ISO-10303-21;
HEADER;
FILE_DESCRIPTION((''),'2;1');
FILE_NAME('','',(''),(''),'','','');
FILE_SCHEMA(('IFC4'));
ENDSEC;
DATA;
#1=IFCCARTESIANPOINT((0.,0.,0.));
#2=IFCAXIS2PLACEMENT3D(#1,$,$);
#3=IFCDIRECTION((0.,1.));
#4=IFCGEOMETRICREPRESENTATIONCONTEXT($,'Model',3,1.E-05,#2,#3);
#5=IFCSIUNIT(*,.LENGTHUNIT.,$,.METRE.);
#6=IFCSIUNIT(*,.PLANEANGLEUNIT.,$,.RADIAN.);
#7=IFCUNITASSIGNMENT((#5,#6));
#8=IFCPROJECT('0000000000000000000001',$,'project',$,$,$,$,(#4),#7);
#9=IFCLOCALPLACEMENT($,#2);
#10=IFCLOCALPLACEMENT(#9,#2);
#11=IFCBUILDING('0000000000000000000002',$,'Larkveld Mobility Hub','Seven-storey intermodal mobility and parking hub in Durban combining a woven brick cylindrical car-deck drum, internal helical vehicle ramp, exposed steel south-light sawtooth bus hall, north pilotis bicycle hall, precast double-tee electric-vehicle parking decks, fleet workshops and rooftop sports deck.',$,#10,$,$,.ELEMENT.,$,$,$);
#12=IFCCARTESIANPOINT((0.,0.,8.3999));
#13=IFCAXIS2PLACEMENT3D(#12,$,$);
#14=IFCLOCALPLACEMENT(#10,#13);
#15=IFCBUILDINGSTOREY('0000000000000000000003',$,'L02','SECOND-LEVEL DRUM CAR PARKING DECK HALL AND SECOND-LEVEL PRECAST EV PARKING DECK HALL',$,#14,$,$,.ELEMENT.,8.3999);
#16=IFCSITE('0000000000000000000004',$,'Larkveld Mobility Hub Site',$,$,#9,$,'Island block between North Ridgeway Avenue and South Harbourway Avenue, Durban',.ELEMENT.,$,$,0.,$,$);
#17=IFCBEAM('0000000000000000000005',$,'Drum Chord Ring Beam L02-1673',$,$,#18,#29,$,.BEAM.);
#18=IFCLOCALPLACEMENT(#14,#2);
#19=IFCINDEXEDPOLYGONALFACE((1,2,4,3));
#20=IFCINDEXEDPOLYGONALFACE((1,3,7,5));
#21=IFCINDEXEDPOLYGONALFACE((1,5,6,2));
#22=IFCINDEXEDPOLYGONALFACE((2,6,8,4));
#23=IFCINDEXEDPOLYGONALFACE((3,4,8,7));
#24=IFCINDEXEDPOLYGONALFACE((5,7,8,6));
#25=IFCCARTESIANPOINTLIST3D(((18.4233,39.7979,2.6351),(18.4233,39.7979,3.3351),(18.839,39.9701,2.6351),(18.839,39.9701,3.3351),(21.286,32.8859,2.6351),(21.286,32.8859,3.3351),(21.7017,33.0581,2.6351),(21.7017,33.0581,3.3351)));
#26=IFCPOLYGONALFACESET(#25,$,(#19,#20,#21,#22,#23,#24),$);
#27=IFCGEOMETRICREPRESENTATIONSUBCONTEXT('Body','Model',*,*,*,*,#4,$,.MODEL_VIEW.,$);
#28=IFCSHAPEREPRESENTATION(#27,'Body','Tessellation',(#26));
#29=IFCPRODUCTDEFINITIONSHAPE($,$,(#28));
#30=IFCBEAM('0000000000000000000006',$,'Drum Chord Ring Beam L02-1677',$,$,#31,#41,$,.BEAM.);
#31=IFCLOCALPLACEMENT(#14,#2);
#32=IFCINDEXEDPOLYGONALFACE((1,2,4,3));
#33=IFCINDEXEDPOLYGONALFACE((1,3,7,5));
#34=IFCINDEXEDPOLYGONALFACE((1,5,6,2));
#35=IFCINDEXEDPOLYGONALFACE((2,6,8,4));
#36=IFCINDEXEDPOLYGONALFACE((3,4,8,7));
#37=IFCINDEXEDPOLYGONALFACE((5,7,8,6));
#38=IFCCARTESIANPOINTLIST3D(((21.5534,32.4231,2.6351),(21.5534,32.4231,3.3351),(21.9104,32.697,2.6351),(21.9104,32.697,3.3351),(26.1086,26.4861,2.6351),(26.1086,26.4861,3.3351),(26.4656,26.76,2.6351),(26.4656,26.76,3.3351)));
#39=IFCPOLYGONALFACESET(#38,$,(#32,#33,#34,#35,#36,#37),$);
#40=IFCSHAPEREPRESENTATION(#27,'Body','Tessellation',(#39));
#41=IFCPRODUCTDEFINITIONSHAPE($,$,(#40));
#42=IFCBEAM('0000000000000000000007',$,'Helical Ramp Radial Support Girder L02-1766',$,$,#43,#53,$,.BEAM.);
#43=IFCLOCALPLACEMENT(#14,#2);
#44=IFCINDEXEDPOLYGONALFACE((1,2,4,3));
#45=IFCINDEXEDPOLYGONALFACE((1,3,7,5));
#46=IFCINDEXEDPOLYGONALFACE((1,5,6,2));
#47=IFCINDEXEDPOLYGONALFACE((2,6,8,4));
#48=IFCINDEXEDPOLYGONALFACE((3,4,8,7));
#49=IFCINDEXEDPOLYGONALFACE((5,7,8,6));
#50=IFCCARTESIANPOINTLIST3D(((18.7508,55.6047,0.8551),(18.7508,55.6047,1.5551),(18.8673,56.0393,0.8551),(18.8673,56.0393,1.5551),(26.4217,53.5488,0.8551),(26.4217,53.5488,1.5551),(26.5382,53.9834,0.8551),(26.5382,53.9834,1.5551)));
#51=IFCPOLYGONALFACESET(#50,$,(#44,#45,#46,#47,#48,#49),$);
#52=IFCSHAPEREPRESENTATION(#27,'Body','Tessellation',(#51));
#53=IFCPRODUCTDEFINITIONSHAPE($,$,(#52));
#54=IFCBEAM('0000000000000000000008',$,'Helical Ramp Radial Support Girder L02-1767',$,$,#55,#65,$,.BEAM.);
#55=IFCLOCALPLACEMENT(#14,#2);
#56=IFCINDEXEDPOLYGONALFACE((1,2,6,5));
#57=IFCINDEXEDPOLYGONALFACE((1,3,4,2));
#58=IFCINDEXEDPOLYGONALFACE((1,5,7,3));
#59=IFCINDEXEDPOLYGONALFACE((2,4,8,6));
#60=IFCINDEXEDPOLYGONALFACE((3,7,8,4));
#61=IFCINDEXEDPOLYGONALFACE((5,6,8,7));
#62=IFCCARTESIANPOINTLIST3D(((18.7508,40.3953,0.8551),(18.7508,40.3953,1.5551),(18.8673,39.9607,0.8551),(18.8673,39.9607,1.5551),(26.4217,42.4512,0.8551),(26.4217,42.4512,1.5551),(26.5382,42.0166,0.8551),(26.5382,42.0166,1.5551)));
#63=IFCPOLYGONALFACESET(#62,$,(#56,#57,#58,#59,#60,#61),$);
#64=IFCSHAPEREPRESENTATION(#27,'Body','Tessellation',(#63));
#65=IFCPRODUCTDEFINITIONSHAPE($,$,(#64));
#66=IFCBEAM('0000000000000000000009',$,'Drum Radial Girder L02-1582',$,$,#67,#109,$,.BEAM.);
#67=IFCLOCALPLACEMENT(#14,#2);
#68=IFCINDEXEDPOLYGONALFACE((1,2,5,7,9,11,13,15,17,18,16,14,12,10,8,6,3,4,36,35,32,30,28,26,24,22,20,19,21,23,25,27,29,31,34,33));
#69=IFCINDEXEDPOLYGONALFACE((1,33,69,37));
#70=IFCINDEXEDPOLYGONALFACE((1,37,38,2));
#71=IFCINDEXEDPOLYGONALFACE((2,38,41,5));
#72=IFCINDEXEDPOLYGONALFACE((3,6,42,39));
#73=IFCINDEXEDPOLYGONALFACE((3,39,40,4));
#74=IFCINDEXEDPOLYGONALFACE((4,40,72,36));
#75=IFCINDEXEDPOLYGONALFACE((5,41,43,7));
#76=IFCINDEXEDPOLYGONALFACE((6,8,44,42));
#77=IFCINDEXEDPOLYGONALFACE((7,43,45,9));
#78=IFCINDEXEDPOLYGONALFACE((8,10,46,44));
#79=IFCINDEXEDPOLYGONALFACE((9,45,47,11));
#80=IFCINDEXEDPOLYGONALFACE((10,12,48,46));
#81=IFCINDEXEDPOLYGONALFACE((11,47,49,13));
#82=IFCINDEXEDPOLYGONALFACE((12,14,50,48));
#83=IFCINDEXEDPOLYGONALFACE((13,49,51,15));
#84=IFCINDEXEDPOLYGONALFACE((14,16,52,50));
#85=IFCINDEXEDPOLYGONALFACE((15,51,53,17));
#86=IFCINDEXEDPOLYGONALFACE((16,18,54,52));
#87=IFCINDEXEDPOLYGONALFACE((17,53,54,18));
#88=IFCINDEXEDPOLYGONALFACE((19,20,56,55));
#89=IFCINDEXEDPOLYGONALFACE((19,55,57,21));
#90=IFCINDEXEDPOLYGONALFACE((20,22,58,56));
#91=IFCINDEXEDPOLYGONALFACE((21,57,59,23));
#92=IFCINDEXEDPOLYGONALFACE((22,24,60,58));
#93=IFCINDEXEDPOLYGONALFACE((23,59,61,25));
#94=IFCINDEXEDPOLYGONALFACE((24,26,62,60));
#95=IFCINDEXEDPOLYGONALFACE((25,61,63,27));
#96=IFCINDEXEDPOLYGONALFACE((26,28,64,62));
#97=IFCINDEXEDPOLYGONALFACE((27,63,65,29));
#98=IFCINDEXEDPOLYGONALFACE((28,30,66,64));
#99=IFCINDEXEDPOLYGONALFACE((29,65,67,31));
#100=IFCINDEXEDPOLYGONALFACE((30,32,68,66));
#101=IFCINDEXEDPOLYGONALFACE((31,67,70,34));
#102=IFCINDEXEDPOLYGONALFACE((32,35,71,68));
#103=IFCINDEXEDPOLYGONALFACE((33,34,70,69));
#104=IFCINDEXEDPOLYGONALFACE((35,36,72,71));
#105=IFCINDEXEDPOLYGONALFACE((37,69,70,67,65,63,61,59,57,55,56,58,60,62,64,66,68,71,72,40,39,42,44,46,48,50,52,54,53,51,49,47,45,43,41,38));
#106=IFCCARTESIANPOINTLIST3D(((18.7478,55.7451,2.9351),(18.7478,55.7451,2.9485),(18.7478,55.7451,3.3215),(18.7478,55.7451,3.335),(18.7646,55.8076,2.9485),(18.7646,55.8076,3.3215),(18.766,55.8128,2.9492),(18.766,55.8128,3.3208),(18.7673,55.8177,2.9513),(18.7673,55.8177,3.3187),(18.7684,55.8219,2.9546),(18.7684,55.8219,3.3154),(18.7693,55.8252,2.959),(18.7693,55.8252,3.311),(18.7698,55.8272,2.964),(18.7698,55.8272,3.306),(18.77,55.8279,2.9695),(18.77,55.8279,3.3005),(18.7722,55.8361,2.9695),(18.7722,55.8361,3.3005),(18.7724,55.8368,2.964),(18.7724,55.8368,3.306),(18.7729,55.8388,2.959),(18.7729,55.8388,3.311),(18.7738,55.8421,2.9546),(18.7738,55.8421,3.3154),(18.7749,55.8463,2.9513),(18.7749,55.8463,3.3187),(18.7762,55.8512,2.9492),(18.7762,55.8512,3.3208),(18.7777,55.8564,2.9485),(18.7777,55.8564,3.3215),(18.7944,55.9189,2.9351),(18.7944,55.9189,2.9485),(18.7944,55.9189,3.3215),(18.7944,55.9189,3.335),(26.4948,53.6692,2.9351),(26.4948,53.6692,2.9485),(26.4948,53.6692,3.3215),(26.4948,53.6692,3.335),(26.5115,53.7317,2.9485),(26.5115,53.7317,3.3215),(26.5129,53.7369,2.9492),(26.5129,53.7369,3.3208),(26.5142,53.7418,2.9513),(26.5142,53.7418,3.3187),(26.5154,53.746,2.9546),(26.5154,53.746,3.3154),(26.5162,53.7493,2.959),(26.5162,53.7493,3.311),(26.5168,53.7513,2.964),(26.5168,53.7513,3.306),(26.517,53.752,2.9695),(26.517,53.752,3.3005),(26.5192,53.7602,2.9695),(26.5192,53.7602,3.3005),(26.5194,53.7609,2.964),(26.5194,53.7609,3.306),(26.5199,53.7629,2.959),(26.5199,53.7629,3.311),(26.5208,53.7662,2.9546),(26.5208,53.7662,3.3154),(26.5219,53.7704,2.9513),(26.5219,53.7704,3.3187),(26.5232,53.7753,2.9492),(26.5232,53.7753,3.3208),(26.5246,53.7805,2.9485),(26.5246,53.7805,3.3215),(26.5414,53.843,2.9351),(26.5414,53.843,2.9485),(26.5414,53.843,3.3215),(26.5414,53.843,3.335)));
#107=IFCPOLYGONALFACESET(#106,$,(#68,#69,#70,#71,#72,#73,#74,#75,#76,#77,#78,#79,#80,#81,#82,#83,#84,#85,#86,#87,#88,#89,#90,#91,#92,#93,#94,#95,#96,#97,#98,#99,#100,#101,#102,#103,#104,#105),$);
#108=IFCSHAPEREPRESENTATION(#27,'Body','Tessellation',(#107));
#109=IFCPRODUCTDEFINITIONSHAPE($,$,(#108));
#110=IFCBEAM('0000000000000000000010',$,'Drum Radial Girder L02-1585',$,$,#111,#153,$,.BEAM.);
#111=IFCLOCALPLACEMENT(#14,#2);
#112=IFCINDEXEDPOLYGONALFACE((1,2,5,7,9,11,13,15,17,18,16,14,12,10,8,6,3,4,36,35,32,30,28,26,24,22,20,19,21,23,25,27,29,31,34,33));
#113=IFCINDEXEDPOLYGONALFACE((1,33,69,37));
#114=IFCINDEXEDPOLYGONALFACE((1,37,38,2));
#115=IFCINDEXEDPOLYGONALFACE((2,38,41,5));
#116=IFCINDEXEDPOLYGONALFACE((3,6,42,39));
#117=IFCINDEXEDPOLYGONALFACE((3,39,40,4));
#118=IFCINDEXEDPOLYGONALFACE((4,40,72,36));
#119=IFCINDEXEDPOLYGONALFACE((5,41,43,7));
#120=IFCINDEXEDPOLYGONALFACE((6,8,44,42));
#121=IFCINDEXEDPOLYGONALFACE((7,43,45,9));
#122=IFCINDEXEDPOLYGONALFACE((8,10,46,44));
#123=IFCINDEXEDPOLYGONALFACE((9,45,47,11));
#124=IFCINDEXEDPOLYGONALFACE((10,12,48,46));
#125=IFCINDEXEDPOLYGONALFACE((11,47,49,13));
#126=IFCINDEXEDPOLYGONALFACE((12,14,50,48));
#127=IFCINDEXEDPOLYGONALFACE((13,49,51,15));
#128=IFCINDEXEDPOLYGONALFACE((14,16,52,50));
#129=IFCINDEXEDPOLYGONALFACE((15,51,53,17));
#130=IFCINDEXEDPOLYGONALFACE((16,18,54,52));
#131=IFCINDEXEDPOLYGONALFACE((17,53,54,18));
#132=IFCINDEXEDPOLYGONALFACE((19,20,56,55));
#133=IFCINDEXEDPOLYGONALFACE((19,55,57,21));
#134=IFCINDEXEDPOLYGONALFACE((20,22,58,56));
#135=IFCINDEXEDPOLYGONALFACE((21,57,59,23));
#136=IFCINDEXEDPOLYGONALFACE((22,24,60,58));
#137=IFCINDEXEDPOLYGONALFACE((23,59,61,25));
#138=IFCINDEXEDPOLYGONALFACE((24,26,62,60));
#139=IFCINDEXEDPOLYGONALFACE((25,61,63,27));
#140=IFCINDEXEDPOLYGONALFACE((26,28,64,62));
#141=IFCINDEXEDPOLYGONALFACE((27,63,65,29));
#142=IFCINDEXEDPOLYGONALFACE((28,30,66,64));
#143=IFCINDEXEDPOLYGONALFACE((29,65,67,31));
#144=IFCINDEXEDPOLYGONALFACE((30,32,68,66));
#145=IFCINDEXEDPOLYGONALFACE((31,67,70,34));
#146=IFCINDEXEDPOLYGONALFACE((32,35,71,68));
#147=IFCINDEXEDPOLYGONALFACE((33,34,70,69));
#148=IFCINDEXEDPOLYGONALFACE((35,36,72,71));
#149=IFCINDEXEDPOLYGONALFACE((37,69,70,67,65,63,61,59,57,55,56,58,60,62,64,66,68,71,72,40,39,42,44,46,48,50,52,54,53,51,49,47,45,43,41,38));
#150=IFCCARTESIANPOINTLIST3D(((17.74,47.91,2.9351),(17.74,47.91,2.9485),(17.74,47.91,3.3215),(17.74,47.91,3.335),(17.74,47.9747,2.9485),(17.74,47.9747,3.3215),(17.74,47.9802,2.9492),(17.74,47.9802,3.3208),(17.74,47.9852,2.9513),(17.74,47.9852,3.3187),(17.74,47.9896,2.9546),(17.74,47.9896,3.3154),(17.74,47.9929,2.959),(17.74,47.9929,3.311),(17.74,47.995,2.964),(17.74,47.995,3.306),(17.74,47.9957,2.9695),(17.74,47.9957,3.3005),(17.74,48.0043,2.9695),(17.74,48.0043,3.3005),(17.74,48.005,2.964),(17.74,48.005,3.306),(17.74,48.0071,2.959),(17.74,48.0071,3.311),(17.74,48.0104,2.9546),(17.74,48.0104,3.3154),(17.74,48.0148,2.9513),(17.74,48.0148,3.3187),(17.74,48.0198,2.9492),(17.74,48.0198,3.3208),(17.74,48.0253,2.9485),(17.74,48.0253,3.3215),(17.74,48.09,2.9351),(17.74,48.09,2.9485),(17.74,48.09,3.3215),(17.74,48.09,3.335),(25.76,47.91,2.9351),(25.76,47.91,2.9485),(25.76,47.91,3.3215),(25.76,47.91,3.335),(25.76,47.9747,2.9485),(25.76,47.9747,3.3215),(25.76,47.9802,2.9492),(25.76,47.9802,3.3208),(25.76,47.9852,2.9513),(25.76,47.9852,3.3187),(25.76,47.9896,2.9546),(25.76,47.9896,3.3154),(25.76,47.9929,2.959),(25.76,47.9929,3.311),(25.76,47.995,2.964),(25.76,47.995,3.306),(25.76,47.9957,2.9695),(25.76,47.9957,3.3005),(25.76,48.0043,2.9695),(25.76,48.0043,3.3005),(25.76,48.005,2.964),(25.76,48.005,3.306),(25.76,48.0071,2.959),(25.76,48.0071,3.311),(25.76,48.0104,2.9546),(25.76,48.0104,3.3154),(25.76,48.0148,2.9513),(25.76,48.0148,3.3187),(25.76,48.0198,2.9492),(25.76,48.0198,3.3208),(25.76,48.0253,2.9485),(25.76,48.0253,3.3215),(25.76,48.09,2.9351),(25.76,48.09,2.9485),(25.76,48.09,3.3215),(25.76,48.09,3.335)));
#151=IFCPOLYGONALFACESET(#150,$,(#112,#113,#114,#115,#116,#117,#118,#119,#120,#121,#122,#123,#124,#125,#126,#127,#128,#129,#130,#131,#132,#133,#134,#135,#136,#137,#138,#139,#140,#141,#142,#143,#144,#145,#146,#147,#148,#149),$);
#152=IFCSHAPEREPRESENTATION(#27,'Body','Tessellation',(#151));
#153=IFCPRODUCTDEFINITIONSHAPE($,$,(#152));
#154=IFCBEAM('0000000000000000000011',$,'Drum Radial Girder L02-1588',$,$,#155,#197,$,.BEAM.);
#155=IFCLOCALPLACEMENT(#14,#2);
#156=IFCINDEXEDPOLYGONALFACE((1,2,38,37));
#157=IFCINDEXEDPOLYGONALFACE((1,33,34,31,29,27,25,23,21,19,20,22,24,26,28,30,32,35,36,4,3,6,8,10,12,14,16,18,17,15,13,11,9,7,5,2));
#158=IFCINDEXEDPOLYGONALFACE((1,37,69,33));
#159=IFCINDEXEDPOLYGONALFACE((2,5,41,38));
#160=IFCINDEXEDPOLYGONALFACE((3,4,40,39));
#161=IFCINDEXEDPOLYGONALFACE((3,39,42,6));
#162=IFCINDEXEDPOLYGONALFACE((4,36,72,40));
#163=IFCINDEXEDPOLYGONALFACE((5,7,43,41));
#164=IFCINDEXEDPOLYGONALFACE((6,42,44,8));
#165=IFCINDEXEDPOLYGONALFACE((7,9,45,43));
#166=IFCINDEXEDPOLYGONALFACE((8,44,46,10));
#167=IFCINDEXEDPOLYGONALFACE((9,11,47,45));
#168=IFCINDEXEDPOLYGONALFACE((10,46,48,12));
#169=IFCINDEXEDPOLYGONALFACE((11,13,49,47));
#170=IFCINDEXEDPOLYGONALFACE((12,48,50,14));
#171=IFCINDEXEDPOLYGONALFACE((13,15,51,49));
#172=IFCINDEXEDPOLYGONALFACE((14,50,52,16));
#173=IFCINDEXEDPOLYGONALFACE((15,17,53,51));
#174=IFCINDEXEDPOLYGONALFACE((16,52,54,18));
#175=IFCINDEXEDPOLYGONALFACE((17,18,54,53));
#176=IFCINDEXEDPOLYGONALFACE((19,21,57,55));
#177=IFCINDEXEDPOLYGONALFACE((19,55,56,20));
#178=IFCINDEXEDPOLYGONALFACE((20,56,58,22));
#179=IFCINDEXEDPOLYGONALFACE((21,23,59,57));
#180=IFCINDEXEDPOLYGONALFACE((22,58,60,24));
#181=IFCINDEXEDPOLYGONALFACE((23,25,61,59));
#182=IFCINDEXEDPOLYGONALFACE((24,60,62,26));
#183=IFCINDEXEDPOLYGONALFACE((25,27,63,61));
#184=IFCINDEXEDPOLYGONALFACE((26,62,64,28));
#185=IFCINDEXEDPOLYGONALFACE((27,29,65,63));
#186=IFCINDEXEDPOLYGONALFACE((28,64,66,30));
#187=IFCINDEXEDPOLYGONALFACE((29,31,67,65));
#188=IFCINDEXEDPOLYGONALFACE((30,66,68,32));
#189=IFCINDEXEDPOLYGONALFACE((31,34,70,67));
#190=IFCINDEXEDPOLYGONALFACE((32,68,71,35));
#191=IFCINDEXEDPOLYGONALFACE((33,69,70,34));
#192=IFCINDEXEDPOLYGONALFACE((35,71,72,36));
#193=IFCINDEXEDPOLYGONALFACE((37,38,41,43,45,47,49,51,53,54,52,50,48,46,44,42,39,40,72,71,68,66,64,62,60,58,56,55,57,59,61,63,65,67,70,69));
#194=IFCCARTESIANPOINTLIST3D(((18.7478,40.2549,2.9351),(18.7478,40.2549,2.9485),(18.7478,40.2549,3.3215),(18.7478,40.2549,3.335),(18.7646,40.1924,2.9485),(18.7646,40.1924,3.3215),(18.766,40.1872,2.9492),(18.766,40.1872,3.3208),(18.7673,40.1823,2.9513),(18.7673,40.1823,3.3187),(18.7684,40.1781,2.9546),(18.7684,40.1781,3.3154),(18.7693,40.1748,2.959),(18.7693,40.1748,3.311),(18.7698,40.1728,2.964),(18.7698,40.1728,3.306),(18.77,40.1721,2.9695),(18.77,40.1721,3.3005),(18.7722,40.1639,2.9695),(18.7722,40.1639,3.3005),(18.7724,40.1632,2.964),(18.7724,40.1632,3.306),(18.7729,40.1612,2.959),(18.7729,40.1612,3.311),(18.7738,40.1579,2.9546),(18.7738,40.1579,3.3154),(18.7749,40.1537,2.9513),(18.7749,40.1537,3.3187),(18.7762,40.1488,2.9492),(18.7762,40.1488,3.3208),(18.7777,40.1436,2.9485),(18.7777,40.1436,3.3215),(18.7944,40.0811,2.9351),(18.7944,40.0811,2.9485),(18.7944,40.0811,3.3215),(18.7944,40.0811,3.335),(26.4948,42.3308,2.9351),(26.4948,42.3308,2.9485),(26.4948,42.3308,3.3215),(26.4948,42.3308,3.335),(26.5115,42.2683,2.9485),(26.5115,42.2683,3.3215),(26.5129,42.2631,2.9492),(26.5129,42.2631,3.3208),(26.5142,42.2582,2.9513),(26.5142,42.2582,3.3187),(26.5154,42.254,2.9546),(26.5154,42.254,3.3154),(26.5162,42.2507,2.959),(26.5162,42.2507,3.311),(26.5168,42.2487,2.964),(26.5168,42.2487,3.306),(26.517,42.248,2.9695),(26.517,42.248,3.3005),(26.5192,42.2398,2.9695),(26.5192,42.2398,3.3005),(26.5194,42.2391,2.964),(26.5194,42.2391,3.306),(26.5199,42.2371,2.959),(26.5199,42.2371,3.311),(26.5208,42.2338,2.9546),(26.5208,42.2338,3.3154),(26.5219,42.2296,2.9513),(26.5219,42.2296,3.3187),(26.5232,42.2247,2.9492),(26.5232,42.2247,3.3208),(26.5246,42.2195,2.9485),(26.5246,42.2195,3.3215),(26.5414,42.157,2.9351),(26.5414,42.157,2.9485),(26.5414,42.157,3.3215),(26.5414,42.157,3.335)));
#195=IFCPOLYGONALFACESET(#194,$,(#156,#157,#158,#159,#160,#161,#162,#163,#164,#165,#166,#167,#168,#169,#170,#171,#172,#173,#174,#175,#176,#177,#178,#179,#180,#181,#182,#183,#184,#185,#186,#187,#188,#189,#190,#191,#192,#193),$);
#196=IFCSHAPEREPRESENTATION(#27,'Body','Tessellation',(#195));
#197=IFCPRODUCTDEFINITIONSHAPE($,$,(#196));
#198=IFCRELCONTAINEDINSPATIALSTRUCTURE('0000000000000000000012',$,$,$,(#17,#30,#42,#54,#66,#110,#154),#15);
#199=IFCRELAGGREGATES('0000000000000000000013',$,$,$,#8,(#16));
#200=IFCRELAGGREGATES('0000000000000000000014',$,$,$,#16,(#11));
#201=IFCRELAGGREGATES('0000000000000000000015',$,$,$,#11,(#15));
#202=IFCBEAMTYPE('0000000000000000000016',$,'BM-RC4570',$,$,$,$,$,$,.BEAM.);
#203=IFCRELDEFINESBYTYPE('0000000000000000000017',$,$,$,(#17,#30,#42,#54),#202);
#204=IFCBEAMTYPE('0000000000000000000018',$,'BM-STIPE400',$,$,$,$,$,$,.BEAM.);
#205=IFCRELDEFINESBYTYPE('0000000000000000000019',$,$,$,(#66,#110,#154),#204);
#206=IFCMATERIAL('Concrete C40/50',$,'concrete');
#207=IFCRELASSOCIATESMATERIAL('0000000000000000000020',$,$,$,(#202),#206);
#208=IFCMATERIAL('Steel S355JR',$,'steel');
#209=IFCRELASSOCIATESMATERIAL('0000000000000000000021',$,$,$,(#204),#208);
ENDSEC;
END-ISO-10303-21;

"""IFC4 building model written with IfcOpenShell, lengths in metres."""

from ifc_helpers import new_model, si_unit, direction, frame, origin, origin_2d, place, context, subcontext, project, spatial, rectangle, i_section, extrude, material, material_profile, profile_set, type_object, element, save


model = new_model("IFC4")

# Units and contexts
model_context = context("Model", 3, precision=1e-05, world=origin(), true_north=direction((0.0, 1.0)))
body_context = subcontext(model_context, "Body", "Model", "MODEL_VIEW")
ifc_project = project(units=[si_unit("LENGTHUNIT", "METRE"), si_unit("PLANEANGLEUNIT", "RADIAN")], contexts=[model_context])

# Site, building, storey
site_placement = place(None, origin())
site = spatial("IfcSite", under=ifc_project, at=site_placement, Name="Larkveld Mobility Hub Site", LongName="Island block between North Ridgeway Avenue and South Harbourway Avenue, Durban", CompositionType="ELEMENT", RefElevation=0.0)
building_placement = place(site_placement, origin())
building = spatial("IfcBuilding", under=site, at=building_placement, Name="Larkveld Mobility Hub", Description="Seven-storey intermodal mobility and parking hub in Durban combining a woven brick cylindrical car-deck drum, internal helical vehicle ramp, exposed steel south-light sawtooth bus hall, north pilotis bicycle hall, precast double-tee electric-vehicle parking decks, fleet workshops and rooftop sports deck.", CompositionType="ELEMENT")
storey_placement = place(building_placement, frame((0.0, 0.0, 8.3999)))
storey = spatial("IfcBuildingStorey", under=building, at=storey_placement, Name="L02", Description="SECOND-LEVEL DRUM CAR PARKING DECK HALL AND SECOND-LEVEL PRECAST EV PARKING DECK HALL", CompositionType="ELEMENT", Elevation=8.3999)

# Shared definitions
ifc_material_1 = material(Name="Concrete C40/50", Category="concrete")

# Beams
ifc_material_profile_1 = material_profile(ifc_material_1, rectangle(XDim=0.45, YDim=0.7, at=origin_2d()), Name="RC BM 450x700")
ifc_profile_set_1 = profile_set([ifc_material_profile_1], Name="Concrete C40/50")
beam_type_1 = type_object("IfcBeamType", Name="BM-RC4570", PredefinedType="BEAM", material=ifc_profile_set_1)
beam_1_placement = place(storey_placement, frame((18.6311, 39.884, 2.9851), z_axis=(0.38265, -0.923894, 0.0), x_axis=(0.923894, 0.38265, 0.0)))
element("IfcBeam", 1, at=beam_1_placement, inside=storey, type_object=beam_type_1, Name="Drum Chord Ring Beam L02-1673", PredefinedType="BEAM", context=body_context, shape_type="SweptSolid", body=[
    extrude(rectangle(XDim=0.45, YDim=0.7, at=origin_2d()), origin(), (0.0, 0.0, 1.0), 7.4814),
])
beam_2_placement = place(storey_placement, frame((21.7319, 32.5601, 2.9851), z_axis=(0.608723, -0.793383, 0.0), x_axis=(0.793383, 0.608723, 0.0)))
element("IfcBeam", 2, at=beam_2_placement, inside=storey, type_object=beam_type_1, Name="Drum Chord Ring Beam L02-1677", PredefinedType="BEAM", context=body_context, shape_type="SweptSolid", body=[
    extrude(rectangle(XDim=0.45, YDim=0.7, at=origin_2d()), origin(), (0.0, 0.0, 1.0), 7.4832),
])
for number, where, z_axis, x_axis, name in (
    (3, (26.48, 53.7661, 1.2051), (-0.96591, 0.258877, 0.0), (-0.258877, -0.96591, 0.0), "Helical Ramp Radial Support Girder L02-1766"),
    (4, (26.48, 42.2339, 1.2051), (-0.96591, -0.258877, 0.0), (0.258877, -0.96591, 0.0), "Helical Ramp Radial Support Girder L02-1767"),
):
    element("IfcBeam", number, at=place(storey_placement, frame(where, z_axis=z_axis, x_axis=x_axis)), inside=storey, type_object=beam_type_1, Name=name, PredefinedType="BEAM", context=body_context, shape_type="SweptSolid", body=[
        extrude(rectangle(XDim=0.45, YDim=0.7, at=origin_2d()), origin(), (0.0, 0.0, 1.0), 7.9417),
    ])
ifc_material_2 = material(Name="Steel S355JR", Category="steel")
ifc_material_profile_2 = material_profile(ifc_material_2, i_section(OverallWidth=0.1799, OverallDepth=0.3999, WebThickness=0.0085, FlangeThickness=0.0134, FilletRadius=0.021, at=origin_2d()), Name="IPE 400")
ifc_profile_set_2 = profile_set([ifc_material_profile_2], Name="Steel S355JR")
beam_type_2 = type_object("IfcBeamType", Name="BM-STIPE400", PredefinedType="BEAM", material=ifc_profile_set_2)
beam_3_placement = place(storey_placement, frame((26.5181, 53.7561, 3.135), z_axis=(-0.965923, 0.258831, 0.0), x_axis=(-0.258831, -0.965923, 0.0)))
element("IfcBeam", 5, at=beam_3_placement, inside=storey, type_object=beam_type_2, Name="Drum Radial Girder L02-1582", PredefinedType="BEAM", context=body_context, shape_type="SweptSolid", body=[
    extrude(i_section(OverallWidth=0.1799, OverallDepth=0.3999, WebThickness=0.0085, FlangeThickness=0.0134, FilletRadius=0.021, at=origin_2d()), origin(), (0.0, 0.0, 1.0), 8.0203),
])
beam_4_placement = place(storey_placement, frame((25.76, 48.0, 3.135), z_axis=(-1.0, 0.0, 0.0), x_axis=(0.0, -1.0, 0.0)))
element("IfcBeam", 6, at=beam_4_placement, inside=storey, type_object=beam_type_2, Name="Drum Radial Girder L02-1585", PredefinedType="BEAM", context=body_context, shape_type="SweptSolid", body=[
    extrude(i_section(OverallWidth=0.1799, OverallDepth=0.3999, WebThickness=0.0085, FlangeThickness=0.0134, FilletRadius=0.021, at=origin_2d()), origin(), (0.0, 0.0, 1.0), 8.02),
])
beam_5_placement = place(storey_placement, frame((26.5181, 42.2439, 3.135), z_axis=(-0.965923, -0.258831, 0.0), x_axis=(0.258831, -0.965923, 0.0)))
element("IfcBeam", 7, at=beam_5_placement, inside=storey, type_object=beam_type_2, Name="Drum Radial Girder L02-1588", PredefinedType="BEAM", context=body_context, shape_type="SweptSolid", body=[
    extrude(i_section(OverallWidth=0.1799, OverallDepth=0.3999, WebThickness=0.0085, FlangeThickness=0.0134, FilletRadius=0.021, at=origin_2d()), origin(), (0.0, 0.0, 1.0), 8.0203),
])

save(model, "model.ifc")
